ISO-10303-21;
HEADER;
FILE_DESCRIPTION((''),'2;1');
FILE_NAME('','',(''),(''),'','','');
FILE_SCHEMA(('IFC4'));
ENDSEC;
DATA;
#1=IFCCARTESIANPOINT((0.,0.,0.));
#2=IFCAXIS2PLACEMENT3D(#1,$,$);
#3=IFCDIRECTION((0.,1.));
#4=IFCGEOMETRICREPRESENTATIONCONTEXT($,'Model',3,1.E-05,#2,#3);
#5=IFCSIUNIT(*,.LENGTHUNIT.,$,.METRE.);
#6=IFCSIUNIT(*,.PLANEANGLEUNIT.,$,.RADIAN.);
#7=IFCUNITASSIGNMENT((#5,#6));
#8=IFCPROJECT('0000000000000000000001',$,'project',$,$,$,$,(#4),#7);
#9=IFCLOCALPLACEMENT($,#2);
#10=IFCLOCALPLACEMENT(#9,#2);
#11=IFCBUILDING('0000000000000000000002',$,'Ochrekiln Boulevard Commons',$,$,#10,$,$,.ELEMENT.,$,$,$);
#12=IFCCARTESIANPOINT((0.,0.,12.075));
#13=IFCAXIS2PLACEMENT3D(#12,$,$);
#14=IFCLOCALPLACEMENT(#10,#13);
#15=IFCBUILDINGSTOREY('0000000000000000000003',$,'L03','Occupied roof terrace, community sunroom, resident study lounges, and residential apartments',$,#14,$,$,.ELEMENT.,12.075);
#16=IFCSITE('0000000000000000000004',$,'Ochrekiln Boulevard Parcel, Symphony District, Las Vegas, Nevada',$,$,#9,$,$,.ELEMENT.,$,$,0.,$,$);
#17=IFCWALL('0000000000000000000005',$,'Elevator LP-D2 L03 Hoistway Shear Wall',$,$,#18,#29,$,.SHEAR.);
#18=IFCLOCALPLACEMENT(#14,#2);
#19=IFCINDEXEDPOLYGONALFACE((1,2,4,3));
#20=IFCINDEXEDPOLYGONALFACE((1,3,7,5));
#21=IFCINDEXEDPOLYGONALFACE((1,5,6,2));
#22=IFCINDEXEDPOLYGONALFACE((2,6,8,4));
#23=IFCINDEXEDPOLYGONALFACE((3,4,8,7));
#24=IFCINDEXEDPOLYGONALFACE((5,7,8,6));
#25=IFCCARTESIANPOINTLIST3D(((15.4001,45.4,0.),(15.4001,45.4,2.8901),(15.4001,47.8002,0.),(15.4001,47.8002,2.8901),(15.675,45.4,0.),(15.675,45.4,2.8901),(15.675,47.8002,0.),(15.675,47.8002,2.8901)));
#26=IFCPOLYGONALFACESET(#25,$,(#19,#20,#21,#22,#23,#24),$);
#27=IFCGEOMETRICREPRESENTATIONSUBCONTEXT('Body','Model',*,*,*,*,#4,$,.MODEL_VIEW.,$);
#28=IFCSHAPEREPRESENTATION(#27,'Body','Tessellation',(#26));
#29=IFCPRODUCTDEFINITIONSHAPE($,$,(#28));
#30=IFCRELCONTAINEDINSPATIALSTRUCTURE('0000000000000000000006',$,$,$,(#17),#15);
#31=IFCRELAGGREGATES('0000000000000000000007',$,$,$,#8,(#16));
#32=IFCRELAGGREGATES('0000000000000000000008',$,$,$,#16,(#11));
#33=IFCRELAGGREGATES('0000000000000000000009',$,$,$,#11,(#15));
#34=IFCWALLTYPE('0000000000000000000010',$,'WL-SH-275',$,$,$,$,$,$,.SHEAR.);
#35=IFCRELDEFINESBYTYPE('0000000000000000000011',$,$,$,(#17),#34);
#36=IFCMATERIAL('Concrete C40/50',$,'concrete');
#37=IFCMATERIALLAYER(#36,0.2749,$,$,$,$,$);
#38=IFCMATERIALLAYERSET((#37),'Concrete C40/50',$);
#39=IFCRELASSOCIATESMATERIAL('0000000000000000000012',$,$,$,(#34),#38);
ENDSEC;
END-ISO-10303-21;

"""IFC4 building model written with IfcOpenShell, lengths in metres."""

from ifc_helpers import new_model, si_unit, direction, frame, frame_2d, origin, place, context, subcontext, project, spatial, rectangle, extrude, material, layer, layer_set, type_object, element, save


model = new_model("IFC4")

# Units and contexts
model_context = context("Model", 3, precision=1e-05, world=origin(), true_north=direction((0.0, 1.0)))
body_context = subcontext(model_context, "Body", "Model", "MODEL_VIEW")
ifc_project = project(units=[si_unit("LENGTHUNIT", "METRE"), si_unit("PLANEANGLEUNIT", "RADIAN")], contexts=[model_context])

# Site, building, storey
site_placement = place(None, origin())
site = spatial("IfcSite", under=ifc_project, at=site_placement, Name="Ochrekiln Boulevard Parcel, Symphony District, Las Vegas, Nevada", CompositionType="ELEMENT", RefElevation=0.0)
building_placement = place(site_placement, origin())
building = spatial("IfcBuilding", under=site, at=building_placement, Name="Ochrekiln Boulevard Commons", CompositionType="ELEMENT")
storey_placement = place(building_placement, frame((0.0, 0.0, 12.075)))
storey = spatial("IfcBuildingStorey", under=building, at=storey_placement, Name="L03", Description="Occupied roof terrace, community sunroom, resident study lounges, and residential apartments", CompositionType="ELEMENT", Elevation=12.075)

# Shared definitions
ifc_material_1 = material(Name="Concrete C40/50", Category="concrete")

# Shared definitions
ifc_layer_1 = layer(ifc_material_1, 0.2749)
ifc_layer_set_1 = layer_set([ifc_layer_1], Name="Concrete C40/50")
wall_type_1 = type_object("IfcWallType", Name="WL-SH-275", PredefinedType="SHEAR", material=ifc_layer_set_1)

# Wall
wall_1_placement = place(storey_placement, frame((15.5376, 45.3999, 0.0), z_axis=(0.0, 0.0, 1.0), x_axis=(0.0, 1.0, 0.0)))
element("IfcWall", 1, at=wall_1_placement, inside=storey, type_object=wall_type_1, Name="Elevator LP-D2 L03 Hoistway Shear Wall", PredefinedType="SHEAR", context=body_context, shape_type="SweptSolid", body=[
    extrude(rectangle(XDim=2.4001, YDim=0.2749, at=frame_2d((1.2002, 0.0))), origin(), (0.0, 0.0, 1.0), 2.8901),
])

save(model, "model.ifc")
